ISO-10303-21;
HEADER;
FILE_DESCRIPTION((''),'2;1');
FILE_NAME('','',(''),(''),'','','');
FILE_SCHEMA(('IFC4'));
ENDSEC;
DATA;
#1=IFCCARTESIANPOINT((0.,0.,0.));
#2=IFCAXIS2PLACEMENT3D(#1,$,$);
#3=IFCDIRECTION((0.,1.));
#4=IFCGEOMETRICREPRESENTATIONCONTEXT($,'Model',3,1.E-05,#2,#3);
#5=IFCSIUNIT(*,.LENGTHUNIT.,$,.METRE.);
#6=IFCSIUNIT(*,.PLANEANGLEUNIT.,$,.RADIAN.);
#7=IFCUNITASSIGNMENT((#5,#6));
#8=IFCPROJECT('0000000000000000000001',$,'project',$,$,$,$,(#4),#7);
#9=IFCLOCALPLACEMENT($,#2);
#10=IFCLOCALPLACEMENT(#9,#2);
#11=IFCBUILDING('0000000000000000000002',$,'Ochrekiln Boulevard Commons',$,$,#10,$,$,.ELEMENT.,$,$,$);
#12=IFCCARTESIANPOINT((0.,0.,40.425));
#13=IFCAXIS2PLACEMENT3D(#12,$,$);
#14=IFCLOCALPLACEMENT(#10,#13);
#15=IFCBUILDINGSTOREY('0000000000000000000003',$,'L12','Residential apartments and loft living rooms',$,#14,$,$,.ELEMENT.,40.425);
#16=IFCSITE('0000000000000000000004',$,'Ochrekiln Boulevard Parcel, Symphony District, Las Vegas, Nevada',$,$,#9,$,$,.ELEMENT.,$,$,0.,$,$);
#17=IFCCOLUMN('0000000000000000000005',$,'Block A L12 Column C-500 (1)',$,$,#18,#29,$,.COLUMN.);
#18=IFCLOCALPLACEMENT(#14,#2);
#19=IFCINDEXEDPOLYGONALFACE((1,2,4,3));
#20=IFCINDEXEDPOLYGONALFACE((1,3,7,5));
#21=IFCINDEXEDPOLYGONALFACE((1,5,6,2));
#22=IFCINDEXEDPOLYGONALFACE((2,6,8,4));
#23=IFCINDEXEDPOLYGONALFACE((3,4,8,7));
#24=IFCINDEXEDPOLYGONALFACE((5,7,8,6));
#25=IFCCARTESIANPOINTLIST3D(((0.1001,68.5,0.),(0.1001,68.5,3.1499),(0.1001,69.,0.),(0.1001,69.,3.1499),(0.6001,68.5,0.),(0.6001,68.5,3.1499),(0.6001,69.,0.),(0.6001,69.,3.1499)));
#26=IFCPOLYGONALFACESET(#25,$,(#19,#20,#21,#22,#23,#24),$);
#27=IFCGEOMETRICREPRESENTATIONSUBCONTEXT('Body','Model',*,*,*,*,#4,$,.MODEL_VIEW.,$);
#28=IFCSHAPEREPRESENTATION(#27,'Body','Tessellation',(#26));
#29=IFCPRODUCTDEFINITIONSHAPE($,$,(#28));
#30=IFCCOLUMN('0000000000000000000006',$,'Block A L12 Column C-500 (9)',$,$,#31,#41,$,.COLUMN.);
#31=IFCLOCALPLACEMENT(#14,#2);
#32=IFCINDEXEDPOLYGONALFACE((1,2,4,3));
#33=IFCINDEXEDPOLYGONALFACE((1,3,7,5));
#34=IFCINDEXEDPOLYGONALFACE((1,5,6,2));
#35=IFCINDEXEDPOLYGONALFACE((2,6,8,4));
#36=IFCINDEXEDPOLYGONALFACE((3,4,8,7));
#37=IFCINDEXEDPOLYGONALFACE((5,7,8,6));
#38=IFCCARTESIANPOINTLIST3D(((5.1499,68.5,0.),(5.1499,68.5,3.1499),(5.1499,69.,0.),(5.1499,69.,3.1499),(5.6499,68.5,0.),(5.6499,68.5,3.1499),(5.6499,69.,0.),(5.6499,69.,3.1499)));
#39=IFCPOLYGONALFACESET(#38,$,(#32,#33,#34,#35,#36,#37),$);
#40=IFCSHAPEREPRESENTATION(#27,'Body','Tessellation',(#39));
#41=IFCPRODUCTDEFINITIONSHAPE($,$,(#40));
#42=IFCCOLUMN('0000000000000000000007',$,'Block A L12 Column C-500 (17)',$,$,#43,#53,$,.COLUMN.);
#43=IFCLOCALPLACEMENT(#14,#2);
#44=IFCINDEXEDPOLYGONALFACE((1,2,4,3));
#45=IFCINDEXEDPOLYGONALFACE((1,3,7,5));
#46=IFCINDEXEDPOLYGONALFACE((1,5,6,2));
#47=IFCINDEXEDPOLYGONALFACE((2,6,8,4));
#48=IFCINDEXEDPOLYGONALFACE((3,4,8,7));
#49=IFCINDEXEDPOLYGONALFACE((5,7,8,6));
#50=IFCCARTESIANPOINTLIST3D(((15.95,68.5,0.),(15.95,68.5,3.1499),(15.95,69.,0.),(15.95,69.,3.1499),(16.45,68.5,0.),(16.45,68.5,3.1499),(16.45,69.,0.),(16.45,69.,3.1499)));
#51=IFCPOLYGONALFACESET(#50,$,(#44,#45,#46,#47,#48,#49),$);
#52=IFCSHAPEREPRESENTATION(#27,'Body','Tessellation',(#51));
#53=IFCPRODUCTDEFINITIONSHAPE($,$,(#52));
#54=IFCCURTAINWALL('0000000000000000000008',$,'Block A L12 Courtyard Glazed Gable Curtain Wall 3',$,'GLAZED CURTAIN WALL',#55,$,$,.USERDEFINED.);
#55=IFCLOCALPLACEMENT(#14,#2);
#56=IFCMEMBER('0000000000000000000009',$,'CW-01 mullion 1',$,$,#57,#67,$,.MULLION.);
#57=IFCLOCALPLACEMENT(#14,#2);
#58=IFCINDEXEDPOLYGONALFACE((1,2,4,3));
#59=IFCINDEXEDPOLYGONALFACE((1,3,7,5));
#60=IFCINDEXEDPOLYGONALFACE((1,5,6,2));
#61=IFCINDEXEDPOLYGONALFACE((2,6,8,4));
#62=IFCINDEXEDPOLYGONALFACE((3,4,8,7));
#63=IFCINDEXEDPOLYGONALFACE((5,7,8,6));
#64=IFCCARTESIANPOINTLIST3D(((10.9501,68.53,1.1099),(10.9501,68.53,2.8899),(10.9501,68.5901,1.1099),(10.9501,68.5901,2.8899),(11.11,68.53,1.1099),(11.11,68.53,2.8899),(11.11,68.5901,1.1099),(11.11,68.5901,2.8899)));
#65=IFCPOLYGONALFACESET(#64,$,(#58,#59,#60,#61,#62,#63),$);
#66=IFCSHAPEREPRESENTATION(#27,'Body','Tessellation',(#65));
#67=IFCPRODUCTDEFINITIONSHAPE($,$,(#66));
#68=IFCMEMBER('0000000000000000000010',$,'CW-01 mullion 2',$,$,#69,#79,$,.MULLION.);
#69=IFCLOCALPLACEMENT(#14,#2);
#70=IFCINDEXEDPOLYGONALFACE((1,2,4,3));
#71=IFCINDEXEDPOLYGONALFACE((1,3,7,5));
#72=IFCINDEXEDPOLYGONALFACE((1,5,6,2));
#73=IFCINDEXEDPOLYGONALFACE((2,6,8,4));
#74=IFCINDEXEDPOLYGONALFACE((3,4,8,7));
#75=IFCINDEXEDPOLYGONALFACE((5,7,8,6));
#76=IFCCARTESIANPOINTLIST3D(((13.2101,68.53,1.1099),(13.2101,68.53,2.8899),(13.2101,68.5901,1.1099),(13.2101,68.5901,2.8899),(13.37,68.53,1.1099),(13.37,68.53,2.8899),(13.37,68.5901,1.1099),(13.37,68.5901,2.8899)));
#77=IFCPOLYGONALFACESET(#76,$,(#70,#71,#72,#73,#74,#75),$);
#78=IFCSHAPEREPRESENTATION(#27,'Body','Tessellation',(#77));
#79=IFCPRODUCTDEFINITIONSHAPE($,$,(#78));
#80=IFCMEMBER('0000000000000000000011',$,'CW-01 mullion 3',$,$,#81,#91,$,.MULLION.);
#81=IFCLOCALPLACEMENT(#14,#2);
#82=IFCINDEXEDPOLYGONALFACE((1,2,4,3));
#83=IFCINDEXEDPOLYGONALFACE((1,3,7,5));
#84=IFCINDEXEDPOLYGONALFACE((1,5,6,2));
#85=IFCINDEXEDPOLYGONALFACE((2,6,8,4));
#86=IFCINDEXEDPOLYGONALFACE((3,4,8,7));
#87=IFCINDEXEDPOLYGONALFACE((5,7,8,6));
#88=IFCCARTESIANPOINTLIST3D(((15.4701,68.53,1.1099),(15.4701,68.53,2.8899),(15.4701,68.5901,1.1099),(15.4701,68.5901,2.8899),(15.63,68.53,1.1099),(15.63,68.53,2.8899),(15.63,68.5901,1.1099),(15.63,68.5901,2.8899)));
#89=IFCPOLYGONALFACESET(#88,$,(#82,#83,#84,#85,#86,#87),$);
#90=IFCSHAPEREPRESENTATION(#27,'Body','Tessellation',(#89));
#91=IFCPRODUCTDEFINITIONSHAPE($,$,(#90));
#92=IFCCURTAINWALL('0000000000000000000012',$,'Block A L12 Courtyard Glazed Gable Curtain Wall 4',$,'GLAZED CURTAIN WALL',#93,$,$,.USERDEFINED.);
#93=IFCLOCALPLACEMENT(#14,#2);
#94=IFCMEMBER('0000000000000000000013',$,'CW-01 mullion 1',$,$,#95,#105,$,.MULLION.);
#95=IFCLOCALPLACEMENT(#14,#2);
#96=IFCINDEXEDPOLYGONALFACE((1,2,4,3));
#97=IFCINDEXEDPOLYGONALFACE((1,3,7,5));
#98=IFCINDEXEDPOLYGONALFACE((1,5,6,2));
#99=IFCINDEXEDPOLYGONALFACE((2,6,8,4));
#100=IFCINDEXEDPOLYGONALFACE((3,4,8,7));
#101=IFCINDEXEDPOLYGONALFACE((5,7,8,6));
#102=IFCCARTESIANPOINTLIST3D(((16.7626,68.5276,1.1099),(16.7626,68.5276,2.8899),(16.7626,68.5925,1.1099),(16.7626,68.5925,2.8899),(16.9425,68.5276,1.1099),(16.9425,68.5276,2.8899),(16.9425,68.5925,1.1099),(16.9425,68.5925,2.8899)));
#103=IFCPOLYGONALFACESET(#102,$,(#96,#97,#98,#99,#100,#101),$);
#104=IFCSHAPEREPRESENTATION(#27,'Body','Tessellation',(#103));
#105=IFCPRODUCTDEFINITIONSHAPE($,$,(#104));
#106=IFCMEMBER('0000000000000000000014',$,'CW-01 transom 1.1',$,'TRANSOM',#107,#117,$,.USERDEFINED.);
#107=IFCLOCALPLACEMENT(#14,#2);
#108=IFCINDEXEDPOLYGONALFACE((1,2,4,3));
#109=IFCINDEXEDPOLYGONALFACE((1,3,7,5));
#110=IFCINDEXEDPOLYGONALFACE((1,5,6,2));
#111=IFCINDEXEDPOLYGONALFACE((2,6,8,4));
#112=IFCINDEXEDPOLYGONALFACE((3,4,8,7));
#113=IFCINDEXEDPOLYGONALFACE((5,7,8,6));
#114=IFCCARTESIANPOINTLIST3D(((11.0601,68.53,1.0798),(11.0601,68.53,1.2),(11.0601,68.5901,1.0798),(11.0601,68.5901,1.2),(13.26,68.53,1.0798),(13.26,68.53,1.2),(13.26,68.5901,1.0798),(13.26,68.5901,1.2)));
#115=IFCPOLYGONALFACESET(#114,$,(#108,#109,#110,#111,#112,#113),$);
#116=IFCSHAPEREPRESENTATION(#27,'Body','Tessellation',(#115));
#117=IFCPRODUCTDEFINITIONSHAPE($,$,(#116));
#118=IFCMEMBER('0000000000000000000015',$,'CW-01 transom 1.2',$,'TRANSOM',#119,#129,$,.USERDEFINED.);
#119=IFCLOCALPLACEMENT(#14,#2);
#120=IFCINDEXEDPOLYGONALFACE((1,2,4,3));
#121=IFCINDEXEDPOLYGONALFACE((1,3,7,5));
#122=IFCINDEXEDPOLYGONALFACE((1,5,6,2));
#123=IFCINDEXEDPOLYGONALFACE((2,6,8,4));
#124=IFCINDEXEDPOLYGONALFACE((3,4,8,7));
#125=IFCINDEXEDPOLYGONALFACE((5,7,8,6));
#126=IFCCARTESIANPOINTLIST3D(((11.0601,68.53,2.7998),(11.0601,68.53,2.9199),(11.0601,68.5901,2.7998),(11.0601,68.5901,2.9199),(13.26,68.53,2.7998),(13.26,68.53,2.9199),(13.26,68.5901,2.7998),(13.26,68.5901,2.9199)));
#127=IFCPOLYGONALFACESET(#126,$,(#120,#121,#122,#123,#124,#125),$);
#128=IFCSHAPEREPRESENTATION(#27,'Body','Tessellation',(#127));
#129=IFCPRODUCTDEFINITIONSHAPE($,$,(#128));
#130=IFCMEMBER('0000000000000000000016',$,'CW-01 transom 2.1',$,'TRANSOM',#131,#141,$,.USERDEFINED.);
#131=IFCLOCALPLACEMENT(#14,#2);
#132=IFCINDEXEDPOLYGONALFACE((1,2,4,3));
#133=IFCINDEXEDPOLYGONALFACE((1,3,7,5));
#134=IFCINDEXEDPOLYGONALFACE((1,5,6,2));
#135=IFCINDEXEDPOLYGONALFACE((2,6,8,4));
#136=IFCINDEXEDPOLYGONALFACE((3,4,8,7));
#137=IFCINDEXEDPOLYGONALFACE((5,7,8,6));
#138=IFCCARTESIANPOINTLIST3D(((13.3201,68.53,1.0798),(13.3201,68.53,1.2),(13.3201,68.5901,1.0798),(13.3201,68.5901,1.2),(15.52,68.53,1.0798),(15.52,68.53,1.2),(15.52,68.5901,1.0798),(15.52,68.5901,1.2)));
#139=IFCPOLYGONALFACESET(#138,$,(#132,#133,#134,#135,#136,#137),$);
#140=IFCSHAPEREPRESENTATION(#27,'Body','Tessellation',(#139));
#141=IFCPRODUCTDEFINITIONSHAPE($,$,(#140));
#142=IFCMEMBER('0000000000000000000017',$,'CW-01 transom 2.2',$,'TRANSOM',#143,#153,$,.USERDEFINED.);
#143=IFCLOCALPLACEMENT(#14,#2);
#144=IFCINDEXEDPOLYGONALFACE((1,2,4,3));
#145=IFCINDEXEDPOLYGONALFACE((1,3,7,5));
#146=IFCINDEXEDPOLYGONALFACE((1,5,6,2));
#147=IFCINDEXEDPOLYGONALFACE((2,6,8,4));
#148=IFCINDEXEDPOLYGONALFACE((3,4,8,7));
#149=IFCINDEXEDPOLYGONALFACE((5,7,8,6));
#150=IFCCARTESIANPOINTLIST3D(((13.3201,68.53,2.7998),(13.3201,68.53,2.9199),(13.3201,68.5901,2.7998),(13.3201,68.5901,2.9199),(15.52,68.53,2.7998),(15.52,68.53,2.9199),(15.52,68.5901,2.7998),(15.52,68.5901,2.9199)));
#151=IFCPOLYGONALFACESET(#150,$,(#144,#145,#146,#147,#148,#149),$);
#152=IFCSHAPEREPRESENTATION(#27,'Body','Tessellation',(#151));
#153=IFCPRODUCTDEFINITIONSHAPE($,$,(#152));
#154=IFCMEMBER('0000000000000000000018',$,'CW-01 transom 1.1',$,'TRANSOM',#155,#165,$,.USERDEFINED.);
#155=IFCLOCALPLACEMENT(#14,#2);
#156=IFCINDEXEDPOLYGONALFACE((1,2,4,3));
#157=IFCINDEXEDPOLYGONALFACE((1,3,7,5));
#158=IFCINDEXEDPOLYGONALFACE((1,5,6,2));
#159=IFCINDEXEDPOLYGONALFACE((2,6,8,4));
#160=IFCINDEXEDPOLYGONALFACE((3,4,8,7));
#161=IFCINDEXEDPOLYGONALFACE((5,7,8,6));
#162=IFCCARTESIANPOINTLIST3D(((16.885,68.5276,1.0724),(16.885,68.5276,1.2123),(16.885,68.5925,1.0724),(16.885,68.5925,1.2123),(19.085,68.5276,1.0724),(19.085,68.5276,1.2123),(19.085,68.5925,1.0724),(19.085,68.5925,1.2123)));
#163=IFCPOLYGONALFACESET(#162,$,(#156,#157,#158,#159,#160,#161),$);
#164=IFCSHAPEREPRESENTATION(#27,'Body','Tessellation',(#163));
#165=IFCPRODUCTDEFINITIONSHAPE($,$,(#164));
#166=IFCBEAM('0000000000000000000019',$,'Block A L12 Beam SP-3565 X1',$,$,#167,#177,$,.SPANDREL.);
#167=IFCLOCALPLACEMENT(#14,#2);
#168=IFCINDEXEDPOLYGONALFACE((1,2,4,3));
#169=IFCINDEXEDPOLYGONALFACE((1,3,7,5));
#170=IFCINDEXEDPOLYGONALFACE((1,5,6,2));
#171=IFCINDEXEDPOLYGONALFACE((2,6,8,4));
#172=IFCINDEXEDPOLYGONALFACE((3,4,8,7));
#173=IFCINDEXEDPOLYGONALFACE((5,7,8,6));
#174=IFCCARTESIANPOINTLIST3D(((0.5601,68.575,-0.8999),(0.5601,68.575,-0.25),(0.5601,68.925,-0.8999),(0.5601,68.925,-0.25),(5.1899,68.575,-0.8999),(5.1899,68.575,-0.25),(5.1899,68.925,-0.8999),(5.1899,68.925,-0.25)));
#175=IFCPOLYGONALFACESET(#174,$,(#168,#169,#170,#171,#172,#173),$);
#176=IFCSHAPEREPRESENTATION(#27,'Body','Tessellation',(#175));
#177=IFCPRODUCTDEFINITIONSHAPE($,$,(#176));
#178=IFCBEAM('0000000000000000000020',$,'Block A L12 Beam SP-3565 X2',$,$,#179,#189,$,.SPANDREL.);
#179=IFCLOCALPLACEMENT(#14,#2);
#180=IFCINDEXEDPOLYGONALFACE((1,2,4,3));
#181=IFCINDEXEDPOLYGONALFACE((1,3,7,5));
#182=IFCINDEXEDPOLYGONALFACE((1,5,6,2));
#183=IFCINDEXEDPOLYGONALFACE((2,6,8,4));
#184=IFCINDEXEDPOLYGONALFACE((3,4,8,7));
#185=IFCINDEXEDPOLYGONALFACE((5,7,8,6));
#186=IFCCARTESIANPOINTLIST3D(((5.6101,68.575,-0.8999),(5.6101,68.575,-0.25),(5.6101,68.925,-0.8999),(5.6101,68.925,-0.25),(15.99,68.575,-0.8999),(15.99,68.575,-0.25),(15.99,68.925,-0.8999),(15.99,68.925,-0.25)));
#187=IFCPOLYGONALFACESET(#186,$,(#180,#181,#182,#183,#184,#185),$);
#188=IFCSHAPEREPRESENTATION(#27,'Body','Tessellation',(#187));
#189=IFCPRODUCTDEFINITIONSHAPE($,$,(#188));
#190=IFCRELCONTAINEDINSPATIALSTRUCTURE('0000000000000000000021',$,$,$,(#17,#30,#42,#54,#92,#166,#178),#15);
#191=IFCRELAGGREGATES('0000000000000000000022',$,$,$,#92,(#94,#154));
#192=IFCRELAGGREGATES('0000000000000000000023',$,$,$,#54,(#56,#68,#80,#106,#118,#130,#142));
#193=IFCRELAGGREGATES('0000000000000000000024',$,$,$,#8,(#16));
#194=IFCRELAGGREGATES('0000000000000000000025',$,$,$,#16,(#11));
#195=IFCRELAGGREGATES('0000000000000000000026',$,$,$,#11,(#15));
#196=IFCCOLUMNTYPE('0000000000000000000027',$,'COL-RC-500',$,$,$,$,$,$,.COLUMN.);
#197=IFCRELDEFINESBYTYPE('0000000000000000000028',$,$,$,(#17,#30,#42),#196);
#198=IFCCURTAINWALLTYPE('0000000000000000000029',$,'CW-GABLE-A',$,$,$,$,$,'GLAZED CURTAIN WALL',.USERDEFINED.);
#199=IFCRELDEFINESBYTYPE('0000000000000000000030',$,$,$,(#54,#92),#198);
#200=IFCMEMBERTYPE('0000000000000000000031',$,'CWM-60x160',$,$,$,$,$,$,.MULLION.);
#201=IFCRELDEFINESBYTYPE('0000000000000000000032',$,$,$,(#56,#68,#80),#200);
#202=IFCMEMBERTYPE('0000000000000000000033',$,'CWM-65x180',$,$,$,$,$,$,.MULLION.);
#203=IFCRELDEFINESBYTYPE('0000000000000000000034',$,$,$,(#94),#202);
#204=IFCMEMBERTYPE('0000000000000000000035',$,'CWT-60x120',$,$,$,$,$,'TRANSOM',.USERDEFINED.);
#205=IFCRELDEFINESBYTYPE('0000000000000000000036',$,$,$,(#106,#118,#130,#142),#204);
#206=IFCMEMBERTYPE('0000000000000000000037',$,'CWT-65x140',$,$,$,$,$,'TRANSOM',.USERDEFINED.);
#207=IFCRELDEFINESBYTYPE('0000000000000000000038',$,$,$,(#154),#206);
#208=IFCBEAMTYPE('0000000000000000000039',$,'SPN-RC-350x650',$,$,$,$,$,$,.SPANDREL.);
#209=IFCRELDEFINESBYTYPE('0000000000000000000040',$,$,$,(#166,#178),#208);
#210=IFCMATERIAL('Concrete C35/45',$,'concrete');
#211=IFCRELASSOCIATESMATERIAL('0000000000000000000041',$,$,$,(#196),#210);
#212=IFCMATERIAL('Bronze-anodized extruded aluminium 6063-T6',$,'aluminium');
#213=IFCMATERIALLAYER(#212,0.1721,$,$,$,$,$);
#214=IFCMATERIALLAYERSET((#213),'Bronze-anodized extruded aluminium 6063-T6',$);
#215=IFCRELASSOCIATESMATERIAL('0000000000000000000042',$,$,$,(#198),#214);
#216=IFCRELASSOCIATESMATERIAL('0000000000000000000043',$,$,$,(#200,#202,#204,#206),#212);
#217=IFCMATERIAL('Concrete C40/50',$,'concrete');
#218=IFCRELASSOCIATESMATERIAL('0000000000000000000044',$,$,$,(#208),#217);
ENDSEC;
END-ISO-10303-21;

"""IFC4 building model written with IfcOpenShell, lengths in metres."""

from ifc_helpers import new_model, si_unit, direction, frame, origin, origin_2d, place, context, subcontext, project, spatial, rectangle, extrude, material, layer, layer_set, material_profile, profile_set, type_object, element, aggregate, save


model = new_model("IFC4")

# Units and contexts
model_context = context("Model", 3, precision=1e-05, world=origin(), true_north=direction((0.0, 1.0)))
body_context = subcontext(model_context, "Body", "Model", "MODEL_VIEW")
ifc_project = project(units=[si_unit("LENGTHUNIT", "METRE"), si_unit("PLANEANGLEUNIT", "RADIAN")], contexts=[model_context])

# Site, building, storey
site_placement = place(None, origin())
site = spatial("IfcSite", under=ifc_project, at=site_placement, Name="Ochrekiln Boulevard Parcel, Symphony District, Las Vegas, Nevada", CompositionType="ELEMENT", RefElevation=0.0)
building_placement = place(site_placement, origin())
building = spatial("IfcBuilding", under=site, at=building_placement, Name="Ochrekiln Boulevard Commons", CompositionType="ELEMENT")
storey_placement = place(building_placement, frame((0.0, 0.0, 40.425)))
storey = spatial("IfcBuildingStorey", under=building, at=storey_placement, Name="L12", Description="Residential apartments and loft living rooms", CompositionType="ELEMENT", Elevation=40.425)

# Columns
ifc_material_1 = material(Name="Concrete C35/45", Category="concrete")
ifc_material_profile_1 = material_profile(ifc_material_1, rectangle(XDim=0.5, YDim=0.5, at=origin_2d()), Name="RC-COL-500x500")
ifc_profile_set_1 = profile_set([ifc_material_profile_1], Name="Concrete C35/45")
column_type = type_object("IfcColumnType", Name="COL-RC-500", PredefinedType="COLUMN", material=ifc_profile_set_1)
for number, where, z_axis, x_axis, name in (
    (1, (0.3501, 68.75, 0.0), (0.0, 0.0, 1.0), (1.0, 0.0, 0.0), "Block A L12 Column C-500 (1)"),
    (2, (5.3999, 68.75, 0.0), (0.0, 0.0, 1.0), (1.0, 0.0, 0.0), "Block A L12 Column C-500 (9)"),
    (3, (16.2, 68.75, 0.0), (0.0, 0.0, 1.0), (1.0, 0.0, 0.0), "Block A L12 Column C-500 (17)"),
):
    element("IfcColumn", number, at=place(storey_placement, frame(where, z_axis=z_axis, x_axis=x_axis)), inside=storey, type_object=column_type, Name=name, PredefinedType="COLUMN", context=body_context, shape_type="SweptSolid", body=[
        extrude(rectangle(XDim=0.5, YDim=0.5, at=origin_2d()), origin(), (0.0, 0.0, 1.0), 3.1499),
    ])

# Curtain wall, members
ifc_material_2 = material(Name="Bronze-anodized extruded aluminium 6063-T6", Category="aluminium")
ifc_layer_1 = layer(ifc_material_2, 0.1721)
ifc_layer_set_1 = layer_set([ifc_layer_1], Name="Bronze-anodized extruded aluminium 6063-T6")
curtain_wall_type = type_object("IfcCurtainWallType", Name="CW-GABLE-A", ElementType="GLAZED CURTAIN WALL", PredefinedType="USERDEFINED", material=ifc_layer_set_1)
curtain_wall_1_placement = place(storey_placement, origin())
curtain_wall_1 = element("IfcCurtainWall", 4, at=curtain_wall_1_placement, inside=storey, type_object=curtain_wall_type, Name="Block A L12 Courtyard Glazed Gable Curtain Wall 3", ObjectType="GLAZED CURTAIN WALL", PredefinedType="USERDEFINED")
ifc_material_profile_2 = material_profile(ifc_material_2, rectangle(XDim=0.0601, YDim=0.1599, at=origin_2d()), Name="ALU-MUL-60x160")
ifc_profile_set_2 = profile_set([ifc_material_profile_2], Name="Bronze-anodized extruded aluminium 6063-T6")
member_type_1 = type_object("IfcMemberType", Name="CWM-60x160", PredefinedType="MULLION", material=ifc_profile_set_2)
member_1_placement = place(storey_placement, frame((11.03, 68.5601, 1.1099), z_axis=(0.0, 0.0, 1.0), x_axis=(0.0, 1.0, 0.0)))
member_1 = element("IfcMember", 5, at=member_1_placement, type_object=member_type_1, Name="CW-01 mullion 1", PredefinedType="MULLION", context=body_context, shape_type="SweptSolid", body=[
    extrude(rectangle(XDim=0.0601, YDim=0.1599, at=origin_2d()), origin(), (0.0, 0.0, 1.0), 1.78),
])
member_2_placement = place(storey_placement, frame((13.29, 68.5601, 1.1099), z_axis=(0.0, 0.0, 1.0), x_axis=(0.0, 1.0, 0.0)))
member_2 = element("IfcMember", 6, at=member_2_placement, type_object=member_type_1, Name="CW-01 mullion 2", PredefinedType="MULLION", context=body_context, shape_type="SweptSolid", body=[
    extrude(rectangle(XDim=0.0601, YDim=0.1599, at=origin_2d()), origin(), (0.0, 0.0, 1.0), 1.78),
])
member_3_placement = place(storey_placement, frame((15.55, 68.5601, 1.1099), z_axis=(0.0, 0.0, 1.0), x_axis=(0.0, 1.0, 0.0)))
member_3 = element("IfcMember", 7, at=member_3_placement, type_object=member_type_1, Name="CW-01 mullion 3", PredefinedType="MULLION", context=body_context, shape_type="SweptSolid", body=[
    extrude(rectangle(XDim=0.0601, YDim=0.1599, at=origin_2d()), origin(), (0.0, 0.0, 1.0), 1.78),
])

# Curtain wall, member
curtain_wall_2_placement = place(storey_placement, origin())
curtain_wall_2 = element("IfcCurtainWall", 8, at=curtain_wall_2_placement, inside=storey, type_object=curtain_wall_type, Name="Block A L12 Courtyard Glazed Gable Curtain Wall 4", ObjectType="GLAZED CURTAIN WALL", PredefinedType="USERDEFINED")
ifc_material_profile_3 = material_profile(ifc_material_2, rectangle(XDim=0.0649, YDim=0.1799, at=origin_2d()), Name="ALU-MUL-65x180")
ifc_profile_set_3 = profile_set([ifc_material_profile_3], Name="Bronze-anodized extruded aluminium 6063-T6")
member_type_2 = type_object("IfcMemberType", Name="CWM-65x180", PredefinedType="MULLION", material=ifc_profile_set_3)
member_4_placement = place(storey_placement, frame((16.8525, 68.5601, 1.1099), z_axis=(0.0, 0.0, 1.0), x_axis=(0.0, 1.0, 0.0)))
member_4 = element("IfcMember", 9, at=member_4_placement, type_object=member_type_2, Name="CW-01 mullion 1", PredefinedType="MULLION", context=body_context, shape_type="SweptSolid", body=[
    extrude(rectangle(XDim=0.0649, YDim=0.1799, at=origin_2d()), origin(), (0.0, 0.0, 1.0), 1.78),
])

# Members
ifc_material_profile_4 = material_profile(ifc_material_2, rectangle(XDim=0.0601, YDim=0.1201, at=origin_2d()), Name="ALU-TRN-60x120")
ifc_profile_set_4 = profile_set([ifc_material_profile_4], Name="Bronze-anodized extruded aluminium 6063-T6")
member_type_3 = type_object("IfcMemberType", Name="CWT-60x120", ElementType="TRANSOM", PredefinedType="USERDEFINED", material=ifc_profile_set_4)
member_5_placement = place(storey_placement, frame((11.0601, 68.5601, 1.1399), z_axis=(1.0, 0.0, 0.0), x_axis=(0.0, 1.0, 0.0)))
member_5 = element("IfcMember", 10, at=member_5_placement, type_object=member_type_3, Name="CW-01 transom 1.1", ObjectType="TRANSOM", PredefinedType="USERDEFINED", context=body_context, shape_type="SweptSolid", body=[
    extrude(rectangle(XDim=0.0601, YDim=0.1201, at=origin_2d()), origin(), (0.0, 0.0, 1.0), 2.2),
])
member_6_placement = place(storey_placement, frame((11.0601, 68.5601, 2.8599), z_axis=(1.0, 0.0, 0.0), x_axis=(0.0, 1.0, 0.0)))
member_6 = element("IfcMember", 11, at=member_6_placement, type_object=member_type_3, Name="CW-01 transom 1.2", ObjectType="TRANSOM", PredefinedType="USERDEFINED", context=body_context, shape_type="SweptSolid", body=[
    extrude(rectangle(XDim=0.0601, YDim=0.1201, at=origin_2d()), origin(), (0.0, 0.0, 1.0), 2.2),
])
member_7_placement = place(storey_placement, frame((13.3201, 68.5601, 1.1399), z_axis=(1.0, 0.0, 0.0), x_axis=(0.0, 1.0, 0.0)))
member_7 = element("IfcMember", 12, at=member_7_placement, type_object=member_type_3, Name="CW-01 transom 2.1", ObjectType="TRANSOM", PredefinedType="USERDEFINED", context=body_context, shape_type="SweptSolid", body=[
    extrude(rectangle(XDim=0.0601, YDim=0.1201, at=origin_2d()), origin(), (0.0, 0.0, 1.0), 2.2),
])
member_8_placement = place(storey_placement, frame((13.3201, 68.5601, 2.8599), z_axis=(1.0, 0.0, 0.0), x_axis=(0.0, 1.0, 0.0)))
member_8 = element("IfcMember", 13, at=member_8_placement, type_object=member_type_3, Name="CW-01 transom 2.2", ObjectType="TRANSOM", PredefinedType="USERDEFINED", context=body_context, shape_type="SweptSolid", body=[
    extrude(rectangle(XDim=0.0601, YDim=0.1201, at=origin_2d()), origin(), (0.0, 0.0, 1.0), 2.2),
])
ifc_material_profile_5 = material_profile(ifc_material_2, rectangle(XDim=0.0649, YDim=0.1399, at=origin_2d()), Name="ALU-TRN-65x140")
ifc_profile_set_5 = profile_set([ifc_material_profile_5], Name="Bronze-anodized extruded aluminium 6063-T6")
member_type_4 = type_object("IfcMemberType", Name="CWT-65x140", ElementType="TRANSOM", PredefinedType="USERDEFINED", material=ifc_profile_set_5)
member_9_placement = place(storey_placement, frame((16.885, 68.5601, 1.1423), z_axis=(1.0, 0.0, 0.0), x_axis=(0.0, 1.0, 0.0)))
member_9 = element("IfcMember", 14, at=member_9_placement, type_object=member_type_4, Name="CW-01 transom 1.1", ObjectType="TRANSOM", PredefinedType="USERDEFINED", context=body_context, shape_type="SweptSolid", body=[
    extrude(rectangle(XDim=0.0649, YDim=0.1399, at=origin_2d()), origin(), (0.0, 0.0, 1.0), 2.2),
])
aggregate(curtain_wall_2, [member_4, member_9])

# Beams
ifc_material_3 = material(Name="Concrete C40/50", Category="concrete")
ifc_material_profile_6 = material_profile(ifc_material_3, rectangle(XDim=0.3501, YDim=0.6499, at=origin_2d()), Name="RC-SPN-350x650")
ifc_profile_set_6 = profile_set([ifc_material_profile_6], Name="Concrete C40/50")
beam_type = type_object("IfcBeamType", Name="SPN-RC-350x650", PredefinedType="SPANDREL", material=ifc_profile_set_6)
beam_1_placement = place(storey_placement, frame((0.5601, 68.75, -0.575), z_axis=(1.0, 0.0, 0.0), x_axis=(0.0, 1.0, 0.0)))
element("IfcBeam", 15, at=beam_1_placement, inside=storey, type_object=beam_type, Name="Block A L12 Beam SP-3565 X1", PredefinedType="SPANDREL", context=body_context, shape_type="SweptSolid", body=[
    extrude(rectangle(XDim=0.3501, YDim=0.6499, at=origin_2d()), origin(), (0.0, 0.0, 1.0), 4.6299),
])
beam_2_placement = place(storey_placement, frame((5.6101, 68.75, -0.575), z_axis=(1.0, 0.0, 0.0), x_axis=(0.0, 1.0, 0.0)))
element("IfcBeam", 16, at=beam_2_placement, inside=storey, type_object=beam_type, Name="Block A L12 Beam SP-3565 X2", PredefinedType="SPANDREL", context=body_context, shape_type="SweptSolid", body=[
    extrude(rectangle(XDim=0.3501, YDim=0.6499, at=origin_2d()), origin(), (0.0, 0.0, 1.0), 10.3799),
])

aggregate(curtain_wall_1, [member_1, member_2, member_3, member_5, member_6, member_7, member_8])

save(model, "model.ifc")
